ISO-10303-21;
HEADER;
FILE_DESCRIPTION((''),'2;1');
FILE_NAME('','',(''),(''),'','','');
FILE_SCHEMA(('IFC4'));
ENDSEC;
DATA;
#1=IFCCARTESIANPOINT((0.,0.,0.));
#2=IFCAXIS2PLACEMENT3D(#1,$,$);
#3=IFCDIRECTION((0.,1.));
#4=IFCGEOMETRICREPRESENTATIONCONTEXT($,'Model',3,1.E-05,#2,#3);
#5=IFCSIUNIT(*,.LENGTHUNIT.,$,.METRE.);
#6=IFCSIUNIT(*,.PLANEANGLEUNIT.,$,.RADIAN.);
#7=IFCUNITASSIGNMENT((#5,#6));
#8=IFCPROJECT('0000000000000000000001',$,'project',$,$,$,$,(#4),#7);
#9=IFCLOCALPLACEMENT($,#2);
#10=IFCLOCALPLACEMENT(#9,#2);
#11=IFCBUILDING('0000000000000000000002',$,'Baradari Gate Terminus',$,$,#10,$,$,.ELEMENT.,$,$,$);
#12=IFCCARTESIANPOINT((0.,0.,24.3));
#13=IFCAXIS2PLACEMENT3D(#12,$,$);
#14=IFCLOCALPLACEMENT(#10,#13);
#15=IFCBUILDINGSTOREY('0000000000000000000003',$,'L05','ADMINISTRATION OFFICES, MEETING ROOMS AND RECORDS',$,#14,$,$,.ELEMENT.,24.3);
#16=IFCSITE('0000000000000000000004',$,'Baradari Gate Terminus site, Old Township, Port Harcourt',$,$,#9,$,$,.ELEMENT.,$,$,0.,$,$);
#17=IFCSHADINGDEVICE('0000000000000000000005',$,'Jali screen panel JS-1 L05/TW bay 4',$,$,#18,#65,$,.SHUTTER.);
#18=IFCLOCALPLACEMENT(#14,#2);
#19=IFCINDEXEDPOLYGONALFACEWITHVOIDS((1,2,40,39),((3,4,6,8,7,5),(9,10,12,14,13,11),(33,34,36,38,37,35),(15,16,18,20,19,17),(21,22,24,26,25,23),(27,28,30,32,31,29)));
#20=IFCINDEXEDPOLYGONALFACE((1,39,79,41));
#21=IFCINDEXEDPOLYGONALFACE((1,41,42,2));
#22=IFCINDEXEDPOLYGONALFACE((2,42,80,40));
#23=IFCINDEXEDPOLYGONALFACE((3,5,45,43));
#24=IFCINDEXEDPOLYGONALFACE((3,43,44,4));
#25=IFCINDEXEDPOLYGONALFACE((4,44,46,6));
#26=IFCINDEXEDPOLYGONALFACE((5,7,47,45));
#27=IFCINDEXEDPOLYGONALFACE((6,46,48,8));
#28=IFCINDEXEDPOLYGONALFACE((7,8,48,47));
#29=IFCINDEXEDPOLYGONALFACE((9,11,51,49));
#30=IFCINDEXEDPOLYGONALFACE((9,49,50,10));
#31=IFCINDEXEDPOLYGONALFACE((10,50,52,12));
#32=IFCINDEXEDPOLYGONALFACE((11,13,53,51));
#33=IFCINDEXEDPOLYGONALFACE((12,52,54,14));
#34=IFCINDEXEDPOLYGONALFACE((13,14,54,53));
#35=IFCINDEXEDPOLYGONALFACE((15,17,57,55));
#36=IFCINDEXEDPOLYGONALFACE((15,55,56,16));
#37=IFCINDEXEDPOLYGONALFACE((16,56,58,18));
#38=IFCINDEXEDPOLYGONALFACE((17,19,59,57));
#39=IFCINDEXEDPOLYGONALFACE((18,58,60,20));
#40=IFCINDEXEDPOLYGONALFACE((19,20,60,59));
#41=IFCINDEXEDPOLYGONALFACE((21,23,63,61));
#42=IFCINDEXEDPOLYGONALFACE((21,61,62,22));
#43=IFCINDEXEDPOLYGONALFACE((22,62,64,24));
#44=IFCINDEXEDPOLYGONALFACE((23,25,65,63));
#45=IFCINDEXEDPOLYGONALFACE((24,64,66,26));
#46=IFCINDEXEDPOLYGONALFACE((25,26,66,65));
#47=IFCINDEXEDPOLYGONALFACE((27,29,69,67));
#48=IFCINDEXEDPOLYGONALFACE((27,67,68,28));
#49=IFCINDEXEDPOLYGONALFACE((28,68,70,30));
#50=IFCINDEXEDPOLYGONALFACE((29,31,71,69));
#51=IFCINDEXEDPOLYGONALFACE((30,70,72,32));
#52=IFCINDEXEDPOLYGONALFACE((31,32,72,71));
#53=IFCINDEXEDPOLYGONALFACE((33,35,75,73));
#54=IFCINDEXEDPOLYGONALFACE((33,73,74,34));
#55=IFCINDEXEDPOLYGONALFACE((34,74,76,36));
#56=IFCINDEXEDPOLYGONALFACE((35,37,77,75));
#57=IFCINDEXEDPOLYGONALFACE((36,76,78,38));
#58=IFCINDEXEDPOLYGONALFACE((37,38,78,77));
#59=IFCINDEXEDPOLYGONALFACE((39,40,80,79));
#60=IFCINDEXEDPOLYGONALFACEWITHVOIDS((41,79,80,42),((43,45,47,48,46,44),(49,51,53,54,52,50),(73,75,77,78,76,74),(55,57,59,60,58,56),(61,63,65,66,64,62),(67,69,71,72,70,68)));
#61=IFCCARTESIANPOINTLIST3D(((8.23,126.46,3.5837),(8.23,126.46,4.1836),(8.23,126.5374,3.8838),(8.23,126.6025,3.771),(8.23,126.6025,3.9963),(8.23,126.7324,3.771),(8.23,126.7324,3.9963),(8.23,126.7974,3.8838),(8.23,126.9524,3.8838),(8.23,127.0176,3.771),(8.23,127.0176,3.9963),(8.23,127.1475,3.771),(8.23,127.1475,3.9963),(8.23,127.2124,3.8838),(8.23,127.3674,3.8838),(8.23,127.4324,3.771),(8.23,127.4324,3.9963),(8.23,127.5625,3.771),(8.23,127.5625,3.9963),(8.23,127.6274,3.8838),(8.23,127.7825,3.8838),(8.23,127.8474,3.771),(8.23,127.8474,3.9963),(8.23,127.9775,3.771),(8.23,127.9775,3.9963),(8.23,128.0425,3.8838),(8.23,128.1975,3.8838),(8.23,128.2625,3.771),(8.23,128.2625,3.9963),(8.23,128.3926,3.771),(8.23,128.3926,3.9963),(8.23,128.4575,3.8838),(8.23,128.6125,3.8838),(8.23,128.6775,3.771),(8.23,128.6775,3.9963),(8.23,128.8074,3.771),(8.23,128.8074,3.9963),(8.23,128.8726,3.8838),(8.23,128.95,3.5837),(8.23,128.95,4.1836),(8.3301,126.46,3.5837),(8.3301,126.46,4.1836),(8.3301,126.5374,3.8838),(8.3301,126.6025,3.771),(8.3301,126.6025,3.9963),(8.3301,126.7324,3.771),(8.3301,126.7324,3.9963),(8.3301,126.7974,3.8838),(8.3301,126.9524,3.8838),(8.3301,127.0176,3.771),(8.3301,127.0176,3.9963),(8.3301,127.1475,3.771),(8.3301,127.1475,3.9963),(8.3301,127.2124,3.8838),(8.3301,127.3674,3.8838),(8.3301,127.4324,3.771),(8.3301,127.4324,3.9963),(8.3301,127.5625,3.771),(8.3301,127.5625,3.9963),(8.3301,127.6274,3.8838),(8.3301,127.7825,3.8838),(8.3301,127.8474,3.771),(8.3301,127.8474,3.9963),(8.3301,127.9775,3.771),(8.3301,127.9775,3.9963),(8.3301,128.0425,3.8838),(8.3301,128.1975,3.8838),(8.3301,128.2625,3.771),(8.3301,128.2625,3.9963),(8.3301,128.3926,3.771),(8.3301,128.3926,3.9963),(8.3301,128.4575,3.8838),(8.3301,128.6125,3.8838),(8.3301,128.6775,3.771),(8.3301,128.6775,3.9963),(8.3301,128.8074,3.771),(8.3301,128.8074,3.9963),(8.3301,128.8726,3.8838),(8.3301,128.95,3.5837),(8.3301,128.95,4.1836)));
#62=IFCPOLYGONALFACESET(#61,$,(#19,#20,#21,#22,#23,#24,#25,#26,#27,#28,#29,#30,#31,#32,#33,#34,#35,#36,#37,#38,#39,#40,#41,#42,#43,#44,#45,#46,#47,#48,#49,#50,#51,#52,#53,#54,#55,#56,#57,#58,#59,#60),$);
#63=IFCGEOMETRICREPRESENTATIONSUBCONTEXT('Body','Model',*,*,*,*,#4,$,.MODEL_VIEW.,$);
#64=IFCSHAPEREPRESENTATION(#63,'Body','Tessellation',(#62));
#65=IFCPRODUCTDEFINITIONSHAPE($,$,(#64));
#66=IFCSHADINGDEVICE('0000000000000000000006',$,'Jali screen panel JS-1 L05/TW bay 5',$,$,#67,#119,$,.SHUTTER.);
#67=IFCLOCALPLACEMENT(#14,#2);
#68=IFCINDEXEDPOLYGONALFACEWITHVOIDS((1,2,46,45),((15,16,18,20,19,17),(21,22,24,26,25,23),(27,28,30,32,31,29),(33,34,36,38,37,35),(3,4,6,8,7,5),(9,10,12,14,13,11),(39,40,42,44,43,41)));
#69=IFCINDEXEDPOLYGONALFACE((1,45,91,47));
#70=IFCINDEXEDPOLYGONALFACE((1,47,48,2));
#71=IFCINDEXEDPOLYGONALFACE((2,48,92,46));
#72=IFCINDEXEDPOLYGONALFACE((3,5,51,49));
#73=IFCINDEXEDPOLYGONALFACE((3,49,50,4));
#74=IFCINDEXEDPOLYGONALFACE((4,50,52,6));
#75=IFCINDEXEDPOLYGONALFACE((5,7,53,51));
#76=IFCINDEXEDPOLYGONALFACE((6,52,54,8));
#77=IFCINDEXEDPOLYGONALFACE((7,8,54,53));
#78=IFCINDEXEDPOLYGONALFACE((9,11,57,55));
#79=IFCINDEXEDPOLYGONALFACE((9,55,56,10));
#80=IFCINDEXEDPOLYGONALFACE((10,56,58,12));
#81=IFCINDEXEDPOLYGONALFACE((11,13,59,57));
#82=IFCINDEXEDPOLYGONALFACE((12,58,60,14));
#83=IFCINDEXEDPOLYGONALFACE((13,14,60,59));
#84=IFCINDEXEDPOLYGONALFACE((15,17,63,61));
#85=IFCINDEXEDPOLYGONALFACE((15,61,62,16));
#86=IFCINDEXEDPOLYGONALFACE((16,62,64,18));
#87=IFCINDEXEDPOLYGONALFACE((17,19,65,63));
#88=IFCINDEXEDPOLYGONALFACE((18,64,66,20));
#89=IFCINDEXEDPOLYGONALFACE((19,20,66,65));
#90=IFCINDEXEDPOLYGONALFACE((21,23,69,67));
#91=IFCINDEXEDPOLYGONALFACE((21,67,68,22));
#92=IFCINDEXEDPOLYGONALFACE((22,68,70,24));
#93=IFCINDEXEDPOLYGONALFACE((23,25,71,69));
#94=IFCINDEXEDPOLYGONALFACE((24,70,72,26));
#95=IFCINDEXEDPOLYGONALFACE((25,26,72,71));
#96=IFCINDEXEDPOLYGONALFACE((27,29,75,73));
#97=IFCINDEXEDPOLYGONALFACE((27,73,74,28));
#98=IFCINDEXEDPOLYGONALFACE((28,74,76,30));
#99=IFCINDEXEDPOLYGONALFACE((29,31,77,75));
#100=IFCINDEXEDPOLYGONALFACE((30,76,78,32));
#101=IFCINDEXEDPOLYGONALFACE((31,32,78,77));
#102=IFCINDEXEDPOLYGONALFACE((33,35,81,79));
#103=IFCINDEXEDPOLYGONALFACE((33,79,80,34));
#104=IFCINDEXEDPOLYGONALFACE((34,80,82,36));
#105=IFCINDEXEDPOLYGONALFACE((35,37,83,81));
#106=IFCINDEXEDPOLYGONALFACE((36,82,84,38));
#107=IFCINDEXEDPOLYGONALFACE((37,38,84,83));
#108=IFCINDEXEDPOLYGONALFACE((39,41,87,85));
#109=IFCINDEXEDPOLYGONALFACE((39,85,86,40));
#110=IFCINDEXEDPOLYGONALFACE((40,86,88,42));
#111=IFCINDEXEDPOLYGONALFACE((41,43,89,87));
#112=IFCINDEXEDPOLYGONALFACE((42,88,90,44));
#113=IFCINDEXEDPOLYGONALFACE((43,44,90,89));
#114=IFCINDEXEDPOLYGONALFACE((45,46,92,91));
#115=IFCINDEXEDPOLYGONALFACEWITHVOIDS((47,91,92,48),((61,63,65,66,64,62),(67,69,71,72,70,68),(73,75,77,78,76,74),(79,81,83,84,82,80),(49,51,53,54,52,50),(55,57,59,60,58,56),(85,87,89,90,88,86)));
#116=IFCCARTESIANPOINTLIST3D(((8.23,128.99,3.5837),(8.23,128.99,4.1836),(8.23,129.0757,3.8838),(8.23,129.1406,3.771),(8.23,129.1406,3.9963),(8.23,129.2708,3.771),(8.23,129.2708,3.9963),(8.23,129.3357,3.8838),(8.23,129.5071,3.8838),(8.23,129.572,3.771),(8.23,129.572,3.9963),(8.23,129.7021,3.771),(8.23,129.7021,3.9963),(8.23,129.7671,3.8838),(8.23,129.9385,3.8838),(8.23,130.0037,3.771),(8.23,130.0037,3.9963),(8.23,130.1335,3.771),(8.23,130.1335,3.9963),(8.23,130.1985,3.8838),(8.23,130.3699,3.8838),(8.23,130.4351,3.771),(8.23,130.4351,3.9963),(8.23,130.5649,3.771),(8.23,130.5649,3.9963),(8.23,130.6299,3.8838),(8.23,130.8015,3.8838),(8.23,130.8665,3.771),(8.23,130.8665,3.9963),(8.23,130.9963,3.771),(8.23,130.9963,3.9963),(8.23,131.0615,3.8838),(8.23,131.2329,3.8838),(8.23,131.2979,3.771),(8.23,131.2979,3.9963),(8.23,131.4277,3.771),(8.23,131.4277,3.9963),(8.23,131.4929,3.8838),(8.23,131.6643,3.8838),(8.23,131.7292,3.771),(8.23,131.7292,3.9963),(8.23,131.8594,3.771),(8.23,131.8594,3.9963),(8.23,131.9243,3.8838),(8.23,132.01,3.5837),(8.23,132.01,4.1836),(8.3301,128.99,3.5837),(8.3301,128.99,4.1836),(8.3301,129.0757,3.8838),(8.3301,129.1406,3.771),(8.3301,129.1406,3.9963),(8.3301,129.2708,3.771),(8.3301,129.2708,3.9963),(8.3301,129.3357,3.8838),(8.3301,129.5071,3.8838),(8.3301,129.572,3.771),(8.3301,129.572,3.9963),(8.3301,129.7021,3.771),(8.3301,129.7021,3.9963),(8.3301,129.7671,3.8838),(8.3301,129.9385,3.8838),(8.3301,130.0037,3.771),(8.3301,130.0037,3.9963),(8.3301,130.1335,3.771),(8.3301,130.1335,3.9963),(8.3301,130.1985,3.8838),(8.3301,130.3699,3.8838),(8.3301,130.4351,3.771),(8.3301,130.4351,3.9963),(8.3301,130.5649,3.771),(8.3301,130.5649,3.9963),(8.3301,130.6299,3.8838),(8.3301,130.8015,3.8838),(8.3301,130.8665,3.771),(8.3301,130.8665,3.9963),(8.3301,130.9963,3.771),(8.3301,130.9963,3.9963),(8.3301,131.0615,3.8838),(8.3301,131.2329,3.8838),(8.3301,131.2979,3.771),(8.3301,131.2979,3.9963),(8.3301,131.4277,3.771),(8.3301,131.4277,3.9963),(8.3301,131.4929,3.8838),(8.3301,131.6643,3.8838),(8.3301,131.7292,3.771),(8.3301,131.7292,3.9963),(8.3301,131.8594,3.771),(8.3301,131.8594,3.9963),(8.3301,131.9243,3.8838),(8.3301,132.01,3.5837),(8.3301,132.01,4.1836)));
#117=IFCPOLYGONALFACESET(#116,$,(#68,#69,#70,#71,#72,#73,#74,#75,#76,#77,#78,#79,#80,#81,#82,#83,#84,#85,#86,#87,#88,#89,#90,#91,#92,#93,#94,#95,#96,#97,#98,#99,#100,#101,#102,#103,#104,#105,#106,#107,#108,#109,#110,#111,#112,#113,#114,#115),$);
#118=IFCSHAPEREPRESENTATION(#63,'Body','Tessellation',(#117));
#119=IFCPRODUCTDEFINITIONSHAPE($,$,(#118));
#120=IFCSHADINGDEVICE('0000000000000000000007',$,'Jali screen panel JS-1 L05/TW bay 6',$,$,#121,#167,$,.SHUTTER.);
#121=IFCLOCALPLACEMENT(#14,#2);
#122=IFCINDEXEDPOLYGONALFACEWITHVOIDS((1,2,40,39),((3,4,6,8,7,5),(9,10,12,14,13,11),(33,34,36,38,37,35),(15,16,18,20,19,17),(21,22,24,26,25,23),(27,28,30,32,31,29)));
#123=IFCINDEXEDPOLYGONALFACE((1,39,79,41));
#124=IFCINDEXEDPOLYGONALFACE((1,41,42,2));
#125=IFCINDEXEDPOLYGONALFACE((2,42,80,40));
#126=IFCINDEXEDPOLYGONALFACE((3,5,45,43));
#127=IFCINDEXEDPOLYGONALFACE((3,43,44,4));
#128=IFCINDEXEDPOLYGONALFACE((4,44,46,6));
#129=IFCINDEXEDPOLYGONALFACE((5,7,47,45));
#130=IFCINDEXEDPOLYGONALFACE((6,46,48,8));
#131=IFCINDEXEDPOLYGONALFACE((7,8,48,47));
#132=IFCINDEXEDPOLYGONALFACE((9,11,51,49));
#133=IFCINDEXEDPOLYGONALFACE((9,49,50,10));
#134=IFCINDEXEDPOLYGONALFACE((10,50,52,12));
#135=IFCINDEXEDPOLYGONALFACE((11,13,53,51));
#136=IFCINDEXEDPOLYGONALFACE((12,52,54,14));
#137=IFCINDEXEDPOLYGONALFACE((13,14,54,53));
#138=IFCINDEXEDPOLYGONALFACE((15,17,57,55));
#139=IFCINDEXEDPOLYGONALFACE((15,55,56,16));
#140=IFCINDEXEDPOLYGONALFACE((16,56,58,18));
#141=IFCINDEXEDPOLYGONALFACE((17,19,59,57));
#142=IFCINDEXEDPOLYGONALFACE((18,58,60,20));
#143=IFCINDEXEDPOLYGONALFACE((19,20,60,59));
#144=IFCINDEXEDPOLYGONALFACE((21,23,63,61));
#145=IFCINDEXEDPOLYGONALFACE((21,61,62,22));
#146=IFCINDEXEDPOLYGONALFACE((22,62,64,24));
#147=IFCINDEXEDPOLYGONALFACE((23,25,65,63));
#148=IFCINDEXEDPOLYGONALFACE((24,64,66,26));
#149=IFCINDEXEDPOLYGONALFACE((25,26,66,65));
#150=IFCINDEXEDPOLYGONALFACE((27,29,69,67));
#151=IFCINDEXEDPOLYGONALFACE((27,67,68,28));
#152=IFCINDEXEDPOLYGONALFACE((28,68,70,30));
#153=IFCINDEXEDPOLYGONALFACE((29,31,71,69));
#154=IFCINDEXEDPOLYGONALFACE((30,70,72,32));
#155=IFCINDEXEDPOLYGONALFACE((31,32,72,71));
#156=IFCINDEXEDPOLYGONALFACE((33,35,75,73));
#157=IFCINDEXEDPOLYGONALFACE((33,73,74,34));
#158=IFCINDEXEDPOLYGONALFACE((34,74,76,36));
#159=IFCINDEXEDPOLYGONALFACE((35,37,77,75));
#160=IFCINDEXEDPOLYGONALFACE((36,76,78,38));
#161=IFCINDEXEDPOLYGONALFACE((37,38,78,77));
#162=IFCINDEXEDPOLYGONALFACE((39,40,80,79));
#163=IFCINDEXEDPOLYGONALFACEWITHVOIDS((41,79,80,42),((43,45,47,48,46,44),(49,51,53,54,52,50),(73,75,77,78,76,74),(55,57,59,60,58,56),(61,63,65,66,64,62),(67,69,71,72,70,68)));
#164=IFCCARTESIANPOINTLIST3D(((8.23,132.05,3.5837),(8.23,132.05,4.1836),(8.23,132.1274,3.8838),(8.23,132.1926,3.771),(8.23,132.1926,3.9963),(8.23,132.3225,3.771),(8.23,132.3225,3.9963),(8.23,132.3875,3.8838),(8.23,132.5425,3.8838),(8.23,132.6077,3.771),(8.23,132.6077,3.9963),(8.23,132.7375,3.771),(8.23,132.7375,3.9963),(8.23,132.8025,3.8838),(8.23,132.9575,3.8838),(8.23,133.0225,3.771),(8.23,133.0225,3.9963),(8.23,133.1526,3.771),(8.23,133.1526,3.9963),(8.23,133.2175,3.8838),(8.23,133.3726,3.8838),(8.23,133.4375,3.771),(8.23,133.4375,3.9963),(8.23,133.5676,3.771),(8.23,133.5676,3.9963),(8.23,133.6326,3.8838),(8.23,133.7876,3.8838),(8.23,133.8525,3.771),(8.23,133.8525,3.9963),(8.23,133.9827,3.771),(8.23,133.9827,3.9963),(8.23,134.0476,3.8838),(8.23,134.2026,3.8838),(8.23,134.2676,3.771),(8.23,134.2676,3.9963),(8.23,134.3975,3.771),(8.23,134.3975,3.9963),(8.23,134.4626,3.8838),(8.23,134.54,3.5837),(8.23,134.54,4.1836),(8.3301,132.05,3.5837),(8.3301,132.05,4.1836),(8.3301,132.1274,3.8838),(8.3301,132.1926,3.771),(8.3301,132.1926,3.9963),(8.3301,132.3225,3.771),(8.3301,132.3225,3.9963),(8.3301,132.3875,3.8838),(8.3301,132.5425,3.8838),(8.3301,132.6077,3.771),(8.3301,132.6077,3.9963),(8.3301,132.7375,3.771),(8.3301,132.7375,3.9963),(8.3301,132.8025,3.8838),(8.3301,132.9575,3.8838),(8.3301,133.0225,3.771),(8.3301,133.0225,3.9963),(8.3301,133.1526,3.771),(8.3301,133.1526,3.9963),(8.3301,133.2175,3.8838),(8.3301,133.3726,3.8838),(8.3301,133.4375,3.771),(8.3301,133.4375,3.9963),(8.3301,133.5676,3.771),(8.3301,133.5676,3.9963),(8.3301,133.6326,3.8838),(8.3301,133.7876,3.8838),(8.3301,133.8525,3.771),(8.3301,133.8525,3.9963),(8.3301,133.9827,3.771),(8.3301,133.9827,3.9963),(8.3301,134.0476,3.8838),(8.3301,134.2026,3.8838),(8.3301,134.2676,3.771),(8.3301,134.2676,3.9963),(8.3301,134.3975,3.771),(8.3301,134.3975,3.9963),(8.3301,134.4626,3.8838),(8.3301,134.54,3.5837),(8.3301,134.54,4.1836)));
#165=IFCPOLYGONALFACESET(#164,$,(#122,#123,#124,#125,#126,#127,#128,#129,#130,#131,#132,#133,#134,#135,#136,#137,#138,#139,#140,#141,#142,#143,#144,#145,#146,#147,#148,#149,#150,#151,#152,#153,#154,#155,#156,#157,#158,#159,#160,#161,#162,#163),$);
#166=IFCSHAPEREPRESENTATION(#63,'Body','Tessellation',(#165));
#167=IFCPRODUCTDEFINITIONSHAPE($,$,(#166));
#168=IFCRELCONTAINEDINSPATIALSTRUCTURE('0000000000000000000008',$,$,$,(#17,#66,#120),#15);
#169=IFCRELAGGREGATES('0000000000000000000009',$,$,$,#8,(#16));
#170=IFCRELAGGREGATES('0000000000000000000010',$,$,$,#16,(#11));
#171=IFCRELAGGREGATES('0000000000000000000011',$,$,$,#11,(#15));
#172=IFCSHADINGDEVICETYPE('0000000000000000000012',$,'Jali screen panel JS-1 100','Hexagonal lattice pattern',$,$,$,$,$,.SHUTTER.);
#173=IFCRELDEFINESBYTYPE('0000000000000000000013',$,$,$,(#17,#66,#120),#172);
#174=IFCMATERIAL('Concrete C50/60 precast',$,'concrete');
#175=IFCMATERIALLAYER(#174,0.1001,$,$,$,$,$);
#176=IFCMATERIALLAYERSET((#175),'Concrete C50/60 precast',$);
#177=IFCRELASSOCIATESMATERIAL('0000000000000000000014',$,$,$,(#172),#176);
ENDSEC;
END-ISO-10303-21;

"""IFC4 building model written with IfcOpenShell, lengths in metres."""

from ifc_helpers import new_model, si_unit, direction, frame, origin, place, context, subcontext, project, spatial, polyline, outline, extrude, material, layer, layer_set, type_object, element, save


model = new_model("IFC4")

# Units and contexts
model_context = context("Model", 3, precision=1e-05, world=origin(), true_north=direction((0.0, 1.0)))
body_context = subcontext(model_context, "Body", "Model", "MODEL_VIEW")
ifc_project = project(units=[si_unit("LENGTHUNIT", "METRE"), si_unit("PLANEANGLEUNIT", "RADIAN")], contexts=[model_context])

# Site, building, storey
site_placement = place(None, origin())
site = spatial("IfcSite", under=ifc_project, at=site_placement, Name="Baradari Gate Terminus site, Old Township, Port Harcourt", CompositionType="ELEMENT", RefElevation=0.0)
building_placement = place(site_placement, origin())
building = spatial("IfcBuilding", under=site, at=building_placement, Name="Baradari Gate Terminus", CompositionType="ELEMENT")
storey_placement = place(building_placement, frame((0.0, 0.0, 24.3)))
storey = spatial("IfcBuildingStorey", under=building, at=storey_placement, Name="L05", Description="ADMINISTRATION OFFICES, MEETING ROOMS AND RECORDS", CompositionType="ELEMENT", Elevation=24.3)

# Shading devices
ifc_material_1 = material(Name="Concrete C50/60 precast", Category="concrete")
ifc_layer_1 = layer(ifc_material_1, 0.1001)
ifc_layer_set_1 = layer_set([ifc_layer_1], Name="Concrete C50/60 precast")
shading_device_type_1 = type_object("IfcShadingDeviceType", Name="Jali screen panel JS-1 100", Description="Hexagonal lattice pattern", PredefinedType="SHUTTER", material=ifc_layer_set_1)
shading_device_1_placement = place(storey_placement, frame((8.28, 126.46, 3.5837), z_axis=(0.0, 0.0, 1.0), x_axis=(0.0, 1.0, 0.0)))
element("IfcShadingDevice", 1, at=shading_device_1_placement, inside=storey, type_object=shading_device_type_1, Name="Jali screen panel JS-1 L05/TW bay 4", PredefinedType="SHUTTER", context=body_context, shape_type="SweptSolid", body=[
    extrude(outline(polyline([(0.0, 0.0), (2.49, 0.0), (2.49, 0.5999), (0.0, 0.5999), (0.0, 0.0)]), holes=[polyline([(0.3374, 0.3), (0.2725, 0.1873), (0.1426, 0.1873), (0.0774, 0.3), (0.1426, 0.4126), (0.2725, 0.4126), (0.3374, 0.3)]), polyline([(0.7524, 0.3), (0.6875, 0.1873), (0.5576, 0.1873), (0.4924, 0.3), (0.5576, 0.4126), (0.6875, 0.4126), (0.7524, 0.3)]), polyline([(1.1675, 0.3), (1.1025, 0.1873), (0.9724, 0.1873), (0.9075, 0.3), (0.9724, 0.4126), (1.1025, 0.4126), (1.1675, 0.3)]), polyline([(1.5825, 0.3), (1.5176, 0.1873), (1.3875, 0.1873), (1.3225, 0.3), (1.3875, 0.4126), (1.5176, 0.4126), (1.5825, 0.3)]), polyline([(1.9976, 0.3), (1.9326, 0.1873), (1.8025, 0.1873), (1.7375, 0.3), (1.8025, 0.4126), (1.9326, 0.4126), (1.9976, 0.3)]), polyline([(2.4126, 0.3), (2.3474, 0.1873), (2.2175, 0.1873), (2.1526, 0.3), (2.2175, 0.4126), (2.3474, 0.4126), (2.4126, 0.3)])]), frame((0.0, 0.05, 0.0), z_axis=(0.0, -1.0, 0.0), x_axis=(1.0, 0.0, 0.0)), (0.0, 0.0, 1.0), 0.1001),
])
shading_device_2_placement = place(storey_placement, frame((8.28, 128.99, 3.5837), z_axis=(0.0, 0.0, 1.0), x_axis=(0.0, 1.0, 0.0)))
element("IfcShadingDevice", 2, at=shading_device_2_placement, inside=storey, type_object=shading_device_type_1, Name="Jali screen panel JS-1 L05/TW bay 5", PredefinedType="SHUTTER", context=body_context, shape_type="SweptSolid", body=[
    extrude(outline(polyline([(0.0, 0.0), (3.02, 0.0), (3.02, 0.5999), (0.0, 0.5999), (0.0, 0.0)]), holes=[polyline([(0.3457, 0.3), (0.2808, 0.1873), (0.1506, 0.1873), (0.0857, 0.3), (0.1506, 0.4126), (0.2808, 0.4126), (0.3457, 0.3)]), polyline([(0.7771, 0.3), (0.7122, 0.1873), (0.582, 0.1873), (0.5171, 0.3), (0.582, 0.4126), (0.7122, 0.4126), (0.7771, 0.3)]), polyline([(1.2085, 0.3), (1.1436, 0.1873), (1.0137, 0.1873), (0.9485, 0.3), (1.0137, 0.4126), (1.1436, 0.4126), (1.2085, 0.3)]), polyline([(1.6399, 0.3), (1.575, 0.1873), (1.4451, 0.1873), (1.3799, 0.3), (1.4451, 0.4126), (1.575, 0.4126), (1.6399, 0.3)]), polyline([(2.0715, 0.3), (2.0063, 0.1873), (1.8765, 0.1873), (1.8115, 0.3), (1.8765, 0.4126), (2.0063, 0.4126), (2.0715, 0.3)]), polyline([(2.5029, 0.3), (2.4377, 0.1873), (2.3079, 0.1873), (2.2429, 0.3), (2.3079, 0.4126), (2.4377, 0.4126), (2.5029, 0.3)]), polyline([(2.9343, 0.3), (2.8694, 0.1873), (2.7393, 0.1873), (2.6743, 0.3), (2.7393, 0.4126), (2.8694, 0.4126), (2.9343, 0.3)])]), frame((0.0, 0.05, 0.0), z_axis=(0.0, -1.0, 0.0), x_axis=(1.0, 0.0, 0.0)), (0.0, 0.0, 1.0), 0.1001),
])
shading_device_3_placement = place(storey_placement, frame((8.28, 132.05, 3.5837), z_axis=(0.0, 0.0, 1.0), x_axis=(0.0, 1.0, 0.0)))
element("IfcShadingDevice", 3, at=shading_device_3_placement, inside=storey, type_object=shading_device_type_1, Name="Jali screen panel JS-1 L05/TW bay 6", PredefinedType="SHUTTER", context=body_context, shape_type="SweptSolid", body=[
    extrude(outline(polyline([(0.0, 0.0), (2.49, 0.0), (2.49, 0.5999), (0.0, 0.5999), (0.0, 0.0)]), holes=[polyline([(0.3374, 0.3), (0.2725, 0.1873), (0.1426, 0.1873), (0.0774, 0.3), (0.1426, 0.4126), (0.2725, 0.4126), (0.3374, 0.3)]), polyline([(0.7524, 0.3), (0.6875, 0.1873), (0.5576, 0.1873), (0.4924, 0.3), (0.5576, 0.4126), (0.6875, 0.4126), (0.7524, 0.3)]), polyline([(1.1675, 0.3), (1.1025, 0.1873), (0.9724, 0.1873), (0.9075, 0.3), (0.9724, 0.4126), (1.1025, 0.4126), (1.1675, 0.3)]), polyline([(1.5825, 0.3), (1.5176, 0.1873), (1.3875, 0.1873), (1.3225, 0.3), (1.3875, 0.4126), (1.5176, 0.4126), (1.5825, 0.3)]), polyline([(1.9976, 0.3), (1.9326, 0.1873), (1.8025, 0.1873), (1.7375, 0.3), (1.8025, 0.4126), (1.9326, 0.4126), (1.9976, 0.3)]), polyline([(2.4126, 0.3), (2.3474, 0.1873), (2.2175, 0.1873), (2.1526, 0.3), (2.2175, 0.4126), (2.3474, 0.4126), (2.4126, 0.3)])]), frame((0.0, 0.05, 0.0), z_axis=(0.0, -1.0, 0.0), x_axis=(1.0, 0.0, 0.0)), (0.0, 0.0, 1.0), 0.1001),
])

save(model, "model.ifc")
